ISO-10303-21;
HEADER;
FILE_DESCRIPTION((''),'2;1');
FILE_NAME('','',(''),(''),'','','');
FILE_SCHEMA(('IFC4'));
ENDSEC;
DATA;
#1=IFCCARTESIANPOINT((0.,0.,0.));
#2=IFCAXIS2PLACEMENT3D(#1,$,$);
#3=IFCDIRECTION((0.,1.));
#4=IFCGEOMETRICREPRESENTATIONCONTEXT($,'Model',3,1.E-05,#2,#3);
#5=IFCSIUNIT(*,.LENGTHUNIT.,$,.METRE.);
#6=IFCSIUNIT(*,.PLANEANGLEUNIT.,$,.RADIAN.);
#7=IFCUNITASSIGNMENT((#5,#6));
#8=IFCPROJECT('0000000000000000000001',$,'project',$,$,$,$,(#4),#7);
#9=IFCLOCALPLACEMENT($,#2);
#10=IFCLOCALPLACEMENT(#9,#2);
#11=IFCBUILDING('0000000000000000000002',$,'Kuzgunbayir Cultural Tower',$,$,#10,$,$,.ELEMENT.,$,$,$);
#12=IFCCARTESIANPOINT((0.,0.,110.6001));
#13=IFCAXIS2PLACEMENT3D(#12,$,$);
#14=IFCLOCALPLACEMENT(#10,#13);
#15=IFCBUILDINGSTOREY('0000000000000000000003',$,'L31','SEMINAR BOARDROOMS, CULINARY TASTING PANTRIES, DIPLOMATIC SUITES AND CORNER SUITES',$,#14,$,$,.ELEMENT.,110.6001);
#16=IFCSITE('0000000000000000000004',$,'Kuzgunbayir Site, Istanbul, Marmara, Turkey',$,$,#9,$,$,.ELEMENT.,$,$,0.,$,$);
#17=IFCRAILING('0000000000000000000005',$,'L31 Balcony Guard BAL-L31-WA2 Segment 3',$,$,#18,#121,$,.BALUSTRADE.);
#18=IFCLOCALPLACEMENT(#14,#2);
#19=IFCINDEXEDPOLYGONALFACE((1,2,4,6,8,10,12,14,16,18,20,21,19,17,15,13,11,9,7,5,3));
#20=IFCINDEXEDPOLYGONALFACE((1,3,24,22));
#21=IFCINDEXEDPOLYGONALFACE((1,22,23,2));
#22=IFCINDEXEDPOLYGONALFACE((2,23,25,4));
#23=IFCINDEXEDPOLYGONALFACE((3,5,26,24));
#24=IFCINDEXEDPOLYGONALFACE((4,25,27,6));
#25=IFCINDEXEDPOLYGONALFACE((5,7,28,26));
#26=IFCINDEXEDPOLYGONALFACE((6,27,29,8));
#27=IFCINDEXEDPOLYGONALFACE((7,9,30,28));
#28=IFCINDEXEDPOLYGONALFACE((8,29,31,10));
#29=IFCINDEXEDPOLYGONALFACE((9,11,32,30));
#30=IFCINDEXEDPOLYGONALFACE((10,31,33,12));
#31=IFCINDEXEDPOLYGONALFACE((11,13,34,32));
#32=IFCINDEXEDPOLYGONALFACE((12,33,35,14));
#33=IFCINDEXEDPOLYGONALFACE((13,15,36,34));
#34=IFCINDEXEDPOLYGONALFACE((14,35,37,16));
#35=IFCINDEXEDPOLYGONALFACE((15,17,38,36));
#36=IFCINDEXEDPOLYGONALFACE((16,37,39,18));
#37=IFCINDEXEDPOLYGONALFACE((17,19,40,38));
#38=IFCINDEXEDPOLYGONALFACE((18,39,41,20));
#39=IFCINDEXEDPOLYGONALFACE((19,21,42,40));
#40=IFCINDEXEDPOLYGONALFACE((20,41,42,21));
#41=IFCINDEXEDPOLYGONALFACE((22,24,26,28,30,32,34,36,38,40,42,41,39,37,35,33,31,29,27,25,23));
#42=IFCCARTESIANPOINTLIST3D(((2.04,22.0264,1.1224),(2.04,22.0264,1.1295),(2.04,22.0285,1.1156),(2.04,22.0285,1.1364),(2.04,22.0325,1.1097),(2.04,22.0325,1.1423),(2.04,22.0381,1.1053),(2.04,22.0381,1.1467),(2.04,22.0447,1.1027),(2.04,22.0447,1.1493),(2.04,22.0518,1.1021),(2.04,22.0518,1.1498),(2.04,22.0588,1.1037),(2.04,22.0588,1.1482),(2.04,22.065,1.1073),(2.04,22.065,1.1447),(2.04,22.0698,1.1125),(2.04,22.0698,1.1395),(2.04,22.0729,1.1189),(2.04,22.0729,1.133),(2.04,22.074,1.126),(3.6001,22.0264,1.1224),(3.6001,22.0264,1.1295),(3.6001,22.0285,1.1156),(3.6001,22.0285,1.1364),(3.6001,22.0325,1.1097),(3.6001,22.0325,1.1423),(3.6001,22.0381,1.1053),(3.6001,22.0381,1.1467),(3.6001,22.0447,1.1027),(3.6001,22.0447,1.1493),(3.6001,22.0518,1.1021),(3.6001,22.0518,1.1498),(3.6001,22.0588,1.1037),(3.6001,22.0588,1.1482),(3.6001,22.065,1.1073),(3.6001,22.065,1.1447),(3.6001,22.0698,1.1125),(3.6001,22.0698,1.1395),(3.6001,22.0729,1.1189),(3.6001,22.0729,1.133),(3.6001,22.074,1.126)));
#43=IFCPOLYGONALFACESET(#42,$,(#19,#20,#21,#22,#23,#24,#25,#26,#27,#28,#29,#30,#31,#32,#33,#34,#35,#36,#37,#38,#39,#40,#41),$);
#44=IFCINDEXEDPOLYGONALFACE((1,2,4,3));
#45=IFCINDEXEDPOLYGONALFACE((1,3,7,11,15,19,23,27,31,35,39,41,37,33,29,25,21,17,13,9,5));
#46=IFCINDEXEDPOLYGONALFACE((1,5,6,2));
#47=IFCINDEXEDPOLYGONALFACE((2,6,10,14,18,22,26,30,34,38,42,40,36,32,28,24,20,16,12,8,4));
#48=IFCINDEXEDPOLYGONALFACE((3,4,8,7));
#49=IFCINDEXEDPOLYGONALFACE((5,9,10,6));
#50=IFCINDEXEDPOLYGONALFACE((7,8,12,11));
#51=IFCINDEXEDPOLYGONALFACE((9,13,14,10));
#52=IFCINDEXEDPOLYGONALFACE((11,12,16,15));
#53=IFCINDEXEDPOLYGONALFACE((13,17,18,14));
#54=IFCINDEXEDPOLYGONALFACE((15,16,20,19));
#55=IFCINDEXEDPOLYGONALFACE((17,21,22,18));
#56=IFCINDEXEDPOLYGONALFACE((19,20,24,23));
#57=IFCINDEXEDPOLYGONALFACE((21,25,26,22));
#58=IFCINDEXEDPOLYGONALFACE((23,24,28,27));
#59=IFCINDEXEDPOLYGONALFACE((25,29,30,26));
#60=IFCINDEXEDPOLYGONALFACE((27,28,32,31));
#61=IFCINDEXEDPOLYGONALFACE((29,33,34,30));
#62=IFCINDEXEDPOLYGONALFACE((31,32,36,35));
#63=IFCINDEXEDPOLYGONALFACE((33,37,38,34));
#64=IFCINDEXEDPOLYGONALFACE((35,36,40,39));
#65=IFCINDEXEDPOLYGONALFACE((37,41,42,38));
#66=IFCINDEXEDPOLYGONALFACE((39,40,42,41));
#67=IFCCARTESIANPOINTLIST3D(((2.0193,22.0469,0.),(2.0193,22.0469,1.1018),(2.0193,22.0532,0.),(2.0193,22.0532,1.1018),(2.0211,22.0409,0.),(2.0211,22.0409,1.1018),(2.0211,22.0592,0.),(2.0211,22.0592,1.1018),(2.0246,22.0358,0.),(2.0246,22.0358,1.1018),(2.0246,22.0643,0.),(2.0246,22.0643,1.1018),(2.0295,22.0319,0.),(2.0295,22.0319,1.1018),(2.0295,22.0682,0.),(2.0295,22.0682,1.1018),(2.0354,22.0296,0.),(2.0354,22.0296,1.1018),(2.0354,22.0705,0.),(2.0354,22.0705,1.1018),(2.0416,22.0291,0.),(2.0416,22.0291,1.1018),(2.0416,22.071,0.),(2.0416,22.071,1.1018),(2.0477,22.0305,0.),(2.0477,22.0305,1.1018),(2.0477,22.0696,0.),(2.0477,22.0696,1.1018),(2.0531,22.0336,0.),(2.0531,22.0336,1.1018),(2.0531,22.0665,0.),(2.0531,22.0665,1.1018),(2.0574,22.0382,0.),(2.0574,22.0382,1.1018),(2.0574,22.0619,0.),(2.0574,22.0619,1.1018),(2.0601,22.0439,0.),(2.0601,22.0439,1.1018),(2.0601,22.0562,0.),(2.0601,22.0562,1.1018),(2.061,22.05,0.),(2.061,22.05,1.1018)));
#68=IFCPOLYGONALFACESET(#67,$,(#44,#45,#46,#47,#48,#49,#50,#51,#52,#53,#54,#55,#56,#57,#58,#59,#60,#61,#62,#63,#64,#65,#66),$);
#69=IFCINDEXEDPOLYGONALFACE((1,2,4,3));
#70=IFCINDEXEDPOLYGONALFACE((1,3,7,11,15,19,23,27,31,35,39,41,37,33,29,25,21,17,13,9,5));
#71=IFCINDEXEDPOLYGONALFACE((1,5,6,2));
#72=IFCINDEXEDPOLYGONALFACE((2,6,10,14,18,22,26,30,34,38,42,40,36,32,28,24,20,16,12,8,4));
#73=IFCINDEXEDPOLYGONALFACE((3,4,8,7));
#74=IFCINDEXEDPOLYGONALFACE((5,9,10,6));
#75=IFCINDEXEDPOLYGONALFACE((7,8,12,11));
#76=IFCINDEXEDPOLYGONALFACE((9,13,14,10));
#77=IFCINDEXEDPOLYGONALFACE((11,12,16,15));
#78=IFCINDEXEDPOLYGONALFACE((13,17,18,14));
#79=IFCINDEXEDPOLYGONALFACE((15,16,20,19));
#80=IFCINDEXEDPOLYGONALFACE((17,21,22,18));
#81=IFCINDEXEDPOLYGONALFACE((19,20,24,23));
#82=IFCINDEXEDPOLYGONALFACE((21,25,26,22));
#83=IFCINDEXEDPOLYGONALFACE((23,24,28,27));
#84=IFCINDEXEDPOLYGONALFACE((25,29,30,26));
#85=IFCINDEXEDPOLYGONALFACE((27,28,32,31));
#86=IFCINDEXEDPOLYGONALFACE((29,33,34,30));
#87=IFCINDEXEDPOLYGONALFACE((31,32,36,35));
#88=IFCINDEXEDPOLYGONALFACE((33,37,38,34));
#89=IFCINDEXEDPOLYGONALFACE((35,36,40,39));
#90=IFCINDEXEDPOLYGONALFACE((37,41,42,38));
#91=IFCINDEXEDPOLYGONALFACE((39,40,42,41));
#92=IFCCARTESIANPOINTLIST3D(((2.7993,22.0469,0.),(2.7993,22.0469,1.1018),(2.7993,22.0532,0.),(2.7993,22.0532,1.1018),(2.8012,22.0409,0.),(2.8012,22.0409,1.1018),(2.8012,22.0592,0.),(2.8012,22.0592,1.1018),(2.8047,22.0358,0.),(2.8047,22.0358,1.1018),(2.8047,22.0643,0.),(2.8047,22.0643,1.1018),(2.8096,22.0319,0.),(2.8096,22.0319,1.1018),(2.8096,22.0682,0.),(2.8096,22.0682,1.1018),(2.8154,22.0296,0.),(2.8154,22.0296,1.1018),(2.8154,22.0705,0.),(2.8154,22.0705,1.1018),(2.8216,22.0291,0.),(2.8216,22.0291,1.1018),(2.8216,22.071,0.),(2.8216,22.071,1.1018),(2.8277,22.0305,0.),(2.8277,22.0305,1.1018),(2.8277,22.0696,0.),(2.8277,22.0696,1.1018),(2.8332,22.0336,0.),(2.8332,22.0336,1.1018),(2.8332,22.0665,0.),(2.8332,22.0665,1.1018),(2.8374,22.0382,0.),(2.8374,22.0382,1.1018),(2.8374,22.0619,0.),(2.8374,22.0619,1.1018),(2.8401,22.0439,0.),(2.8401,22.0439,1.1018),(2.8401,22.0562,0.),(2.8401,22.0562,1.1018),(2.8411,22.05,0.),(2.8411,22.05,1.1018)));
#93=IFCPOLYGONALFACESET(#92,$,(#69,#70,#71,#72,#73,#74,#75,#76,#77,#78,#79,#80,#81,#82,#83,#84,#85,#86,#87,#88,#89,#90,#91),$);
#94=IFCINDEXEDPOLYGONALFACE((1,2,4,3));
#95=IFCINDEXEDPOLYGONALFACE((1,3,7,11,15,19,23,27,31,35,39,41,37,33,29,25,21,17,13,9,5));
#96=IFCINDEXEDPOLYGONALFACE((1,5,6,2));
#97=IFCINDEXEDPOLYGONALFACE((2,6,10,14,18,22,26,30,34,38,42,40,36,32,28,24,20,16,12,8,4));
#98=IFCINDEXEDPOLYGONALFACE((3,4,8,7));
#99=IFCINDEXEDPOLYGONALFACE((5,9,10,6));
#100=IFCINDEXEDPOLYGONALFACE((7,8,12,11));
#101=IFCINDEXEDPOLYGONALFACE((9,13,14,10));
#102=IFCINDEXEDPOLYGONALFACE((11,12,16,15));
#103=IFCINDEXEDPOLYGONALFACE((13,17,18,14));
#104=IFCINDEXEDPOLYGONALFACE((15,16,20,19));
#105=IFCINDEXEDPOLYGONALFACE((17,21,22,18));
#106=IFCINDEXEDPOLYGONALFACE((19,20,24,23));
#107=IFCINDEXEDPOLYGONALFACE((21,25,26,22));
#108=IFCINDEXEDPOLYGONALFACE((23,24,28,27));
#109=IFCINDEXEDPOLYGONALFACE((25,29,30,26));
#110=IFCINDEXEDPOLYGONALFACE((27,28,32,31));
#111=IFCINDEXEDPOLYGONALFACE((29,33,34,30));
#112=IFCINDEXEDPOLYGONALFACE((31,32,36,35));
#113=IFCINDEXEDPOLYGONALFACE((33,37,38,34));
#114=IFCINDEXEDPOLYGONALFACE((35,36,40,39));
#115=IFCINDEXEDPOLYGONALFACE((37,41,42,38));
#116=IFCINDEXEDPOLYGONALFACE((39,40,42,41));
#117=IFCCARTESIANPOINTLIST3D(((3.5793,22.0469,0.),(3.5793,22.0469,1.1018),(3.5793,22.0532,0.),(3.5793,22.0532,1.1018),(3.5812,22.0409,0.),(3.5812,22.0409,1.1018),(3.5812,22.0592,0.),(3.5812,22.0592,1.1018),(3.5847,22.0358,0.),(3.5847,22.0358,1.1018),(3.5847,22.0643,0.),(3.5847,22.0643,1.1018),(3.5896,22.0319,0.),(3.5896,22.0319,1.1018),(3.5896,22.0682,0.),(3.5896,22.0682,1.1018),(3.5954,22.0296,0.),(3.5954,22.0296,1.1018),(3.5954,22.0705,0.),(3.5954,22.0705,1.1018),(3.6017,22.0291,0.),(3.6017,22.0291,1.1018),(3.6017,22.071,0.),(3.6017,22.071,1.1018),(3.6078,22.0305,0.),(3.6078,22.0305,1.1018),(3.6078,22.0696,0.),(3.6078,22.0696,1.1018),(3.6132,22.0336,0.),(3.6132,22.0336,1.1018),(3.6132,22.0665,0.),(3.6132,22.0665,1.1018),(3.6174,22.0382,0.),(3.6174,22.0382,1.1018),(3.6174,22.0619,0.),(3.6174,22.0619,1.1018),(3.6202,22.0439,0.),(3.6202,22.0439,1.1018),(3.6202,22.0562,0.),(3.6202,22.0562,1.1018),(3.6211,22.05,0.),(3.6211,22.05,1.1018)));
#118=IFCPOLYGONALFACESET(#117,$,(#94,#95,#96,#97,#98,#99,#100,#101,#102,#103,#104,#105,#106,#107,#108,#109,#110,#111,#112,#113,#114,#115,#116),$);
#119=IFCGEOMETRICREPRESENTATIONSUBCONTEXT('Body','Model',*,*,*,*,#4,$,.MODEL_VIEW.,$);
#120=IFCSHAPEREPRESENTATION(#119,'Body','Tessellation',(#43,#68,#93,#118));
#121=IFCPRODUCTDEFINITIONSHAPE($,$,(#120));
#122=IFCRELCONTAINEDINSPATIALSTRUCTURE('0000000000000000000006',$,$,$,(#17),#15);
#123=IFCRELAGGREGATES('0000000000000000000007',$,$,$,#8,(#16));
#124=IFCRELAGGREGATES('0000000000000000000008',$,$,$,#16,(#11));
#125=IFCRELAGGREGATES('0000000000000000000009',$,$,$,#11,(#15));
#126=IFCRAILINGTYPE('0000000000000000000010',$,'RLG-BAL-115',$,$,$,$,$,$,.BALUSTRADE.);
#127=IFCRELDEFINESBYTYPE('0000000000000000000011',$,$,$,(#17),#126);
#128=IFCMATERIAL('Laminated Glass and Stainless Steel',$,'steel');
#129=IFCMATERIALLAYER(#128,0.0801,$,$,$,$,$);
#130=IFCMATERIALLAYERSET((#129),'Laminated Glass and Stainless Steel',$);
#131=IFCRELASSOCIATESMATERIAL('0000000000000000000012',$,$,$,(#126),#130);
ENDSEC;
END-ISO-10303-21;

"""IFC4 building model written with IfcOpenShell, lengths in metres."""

from ifc_helpers import new_model, si_unit, direction, frame, origin, origin_2d, place, context, subcontext, project, spatial, circle, extrude, material, layer, layer_set, type_object, element, save


model = new_model("IFC4")

# Units and contexts
model_context = context("Model", 3, precision=1e-05, world=origin(), true_north=direction((0.0, 1.0)))
body_context = subcontext(model_context, "Body", "Model", "MODEL_VIEW")
ifc_project = project(units=[si_unit("LENGTHUNIT", "METRE"), si_unit("PLANEANGLEUNIT", "RADIAN")], contexts=[model_context])

# Site, building, storey
site_placement = place(None, origin())
site = spatial("IfcSite", under=ifc_project, at=site_placement, Name="Kuzgunbayir Site, Istanbul, Marmara, Turkey", CompositionType="ELEMENT", RefElevation=0.0)
building_placement = place(site_placement, origin())
building = spatial("IfcBuilding", under=site, at=building_placement, Name="Kuzgunbayir Cultural Tower", CompositionType="ELEMENT")
storey_placement = place(building_placement, frame((0.0, 0.0, 110.6001)))
storey = spatial("IfcBuildingStorey", under=building, at=storey_placement, Name="L31", Description="SEMINAR BOARDROOMS, CULINARY TASTING PANTRIES, DIPLOMATIC SUITES AND CORNER SUITES", CompositionType="ELEMENT", Elevation=110.6001)

# Railing
ifc_material_1 = material(Name="Laminated Glass and Stainless Steel", Category="steel")
ifc_layer_1 = layer(ifc_material_1, 0.0801)
ifc_layer_set_1 = layer_set([ifc_layer_1], Name="Laminated Glass and Stainless Steel")
railing_type = type_object("IfcRailingType", Name="RLG-BAL-115", PredefinedType="BALUSTRADE", material=ifc_layer_set_1)
railing_1_placement = place(storey_placement, frame((2.04, 22.05, 0.0)))
element("IfcRailing", 1, at=railing_1_placement, inside=storey, type_object=railing_type, Name="L31 Balcony Guard BAL-L31-WA2 Segment 3", PredefinedType="BALUSTRADE", context=body_context, shape_type="SweptSolid", body=[
    extrude(circle(Radius=0.0239, at=origin_2d()), frame((0.0, 0.0, 1.126), z_axis=(1.0, 0.0, 0.0), x_axis=(0.0, 1.0, 0.0)), (0.0, 0.0, 1.0), 1.5601),
    extrude(circle(Radius=0.021, at=origin_2d()), origin(), (0.0, 0.0, 1.0), 1.1018),
    extrude(circle(Radius=0.021, at=origin_2d()), frame((0.78, 0.0, 0.0)), (0.0, 0.0, 1.0), 1.1018),
    extrude(circle(Radius=0.021, at=origin_2d()), frame((1.5601, 0.0, 0.0)), (0.0, 0.0, 1.0), 1.1018),
])

save(model, "model.ifc")
